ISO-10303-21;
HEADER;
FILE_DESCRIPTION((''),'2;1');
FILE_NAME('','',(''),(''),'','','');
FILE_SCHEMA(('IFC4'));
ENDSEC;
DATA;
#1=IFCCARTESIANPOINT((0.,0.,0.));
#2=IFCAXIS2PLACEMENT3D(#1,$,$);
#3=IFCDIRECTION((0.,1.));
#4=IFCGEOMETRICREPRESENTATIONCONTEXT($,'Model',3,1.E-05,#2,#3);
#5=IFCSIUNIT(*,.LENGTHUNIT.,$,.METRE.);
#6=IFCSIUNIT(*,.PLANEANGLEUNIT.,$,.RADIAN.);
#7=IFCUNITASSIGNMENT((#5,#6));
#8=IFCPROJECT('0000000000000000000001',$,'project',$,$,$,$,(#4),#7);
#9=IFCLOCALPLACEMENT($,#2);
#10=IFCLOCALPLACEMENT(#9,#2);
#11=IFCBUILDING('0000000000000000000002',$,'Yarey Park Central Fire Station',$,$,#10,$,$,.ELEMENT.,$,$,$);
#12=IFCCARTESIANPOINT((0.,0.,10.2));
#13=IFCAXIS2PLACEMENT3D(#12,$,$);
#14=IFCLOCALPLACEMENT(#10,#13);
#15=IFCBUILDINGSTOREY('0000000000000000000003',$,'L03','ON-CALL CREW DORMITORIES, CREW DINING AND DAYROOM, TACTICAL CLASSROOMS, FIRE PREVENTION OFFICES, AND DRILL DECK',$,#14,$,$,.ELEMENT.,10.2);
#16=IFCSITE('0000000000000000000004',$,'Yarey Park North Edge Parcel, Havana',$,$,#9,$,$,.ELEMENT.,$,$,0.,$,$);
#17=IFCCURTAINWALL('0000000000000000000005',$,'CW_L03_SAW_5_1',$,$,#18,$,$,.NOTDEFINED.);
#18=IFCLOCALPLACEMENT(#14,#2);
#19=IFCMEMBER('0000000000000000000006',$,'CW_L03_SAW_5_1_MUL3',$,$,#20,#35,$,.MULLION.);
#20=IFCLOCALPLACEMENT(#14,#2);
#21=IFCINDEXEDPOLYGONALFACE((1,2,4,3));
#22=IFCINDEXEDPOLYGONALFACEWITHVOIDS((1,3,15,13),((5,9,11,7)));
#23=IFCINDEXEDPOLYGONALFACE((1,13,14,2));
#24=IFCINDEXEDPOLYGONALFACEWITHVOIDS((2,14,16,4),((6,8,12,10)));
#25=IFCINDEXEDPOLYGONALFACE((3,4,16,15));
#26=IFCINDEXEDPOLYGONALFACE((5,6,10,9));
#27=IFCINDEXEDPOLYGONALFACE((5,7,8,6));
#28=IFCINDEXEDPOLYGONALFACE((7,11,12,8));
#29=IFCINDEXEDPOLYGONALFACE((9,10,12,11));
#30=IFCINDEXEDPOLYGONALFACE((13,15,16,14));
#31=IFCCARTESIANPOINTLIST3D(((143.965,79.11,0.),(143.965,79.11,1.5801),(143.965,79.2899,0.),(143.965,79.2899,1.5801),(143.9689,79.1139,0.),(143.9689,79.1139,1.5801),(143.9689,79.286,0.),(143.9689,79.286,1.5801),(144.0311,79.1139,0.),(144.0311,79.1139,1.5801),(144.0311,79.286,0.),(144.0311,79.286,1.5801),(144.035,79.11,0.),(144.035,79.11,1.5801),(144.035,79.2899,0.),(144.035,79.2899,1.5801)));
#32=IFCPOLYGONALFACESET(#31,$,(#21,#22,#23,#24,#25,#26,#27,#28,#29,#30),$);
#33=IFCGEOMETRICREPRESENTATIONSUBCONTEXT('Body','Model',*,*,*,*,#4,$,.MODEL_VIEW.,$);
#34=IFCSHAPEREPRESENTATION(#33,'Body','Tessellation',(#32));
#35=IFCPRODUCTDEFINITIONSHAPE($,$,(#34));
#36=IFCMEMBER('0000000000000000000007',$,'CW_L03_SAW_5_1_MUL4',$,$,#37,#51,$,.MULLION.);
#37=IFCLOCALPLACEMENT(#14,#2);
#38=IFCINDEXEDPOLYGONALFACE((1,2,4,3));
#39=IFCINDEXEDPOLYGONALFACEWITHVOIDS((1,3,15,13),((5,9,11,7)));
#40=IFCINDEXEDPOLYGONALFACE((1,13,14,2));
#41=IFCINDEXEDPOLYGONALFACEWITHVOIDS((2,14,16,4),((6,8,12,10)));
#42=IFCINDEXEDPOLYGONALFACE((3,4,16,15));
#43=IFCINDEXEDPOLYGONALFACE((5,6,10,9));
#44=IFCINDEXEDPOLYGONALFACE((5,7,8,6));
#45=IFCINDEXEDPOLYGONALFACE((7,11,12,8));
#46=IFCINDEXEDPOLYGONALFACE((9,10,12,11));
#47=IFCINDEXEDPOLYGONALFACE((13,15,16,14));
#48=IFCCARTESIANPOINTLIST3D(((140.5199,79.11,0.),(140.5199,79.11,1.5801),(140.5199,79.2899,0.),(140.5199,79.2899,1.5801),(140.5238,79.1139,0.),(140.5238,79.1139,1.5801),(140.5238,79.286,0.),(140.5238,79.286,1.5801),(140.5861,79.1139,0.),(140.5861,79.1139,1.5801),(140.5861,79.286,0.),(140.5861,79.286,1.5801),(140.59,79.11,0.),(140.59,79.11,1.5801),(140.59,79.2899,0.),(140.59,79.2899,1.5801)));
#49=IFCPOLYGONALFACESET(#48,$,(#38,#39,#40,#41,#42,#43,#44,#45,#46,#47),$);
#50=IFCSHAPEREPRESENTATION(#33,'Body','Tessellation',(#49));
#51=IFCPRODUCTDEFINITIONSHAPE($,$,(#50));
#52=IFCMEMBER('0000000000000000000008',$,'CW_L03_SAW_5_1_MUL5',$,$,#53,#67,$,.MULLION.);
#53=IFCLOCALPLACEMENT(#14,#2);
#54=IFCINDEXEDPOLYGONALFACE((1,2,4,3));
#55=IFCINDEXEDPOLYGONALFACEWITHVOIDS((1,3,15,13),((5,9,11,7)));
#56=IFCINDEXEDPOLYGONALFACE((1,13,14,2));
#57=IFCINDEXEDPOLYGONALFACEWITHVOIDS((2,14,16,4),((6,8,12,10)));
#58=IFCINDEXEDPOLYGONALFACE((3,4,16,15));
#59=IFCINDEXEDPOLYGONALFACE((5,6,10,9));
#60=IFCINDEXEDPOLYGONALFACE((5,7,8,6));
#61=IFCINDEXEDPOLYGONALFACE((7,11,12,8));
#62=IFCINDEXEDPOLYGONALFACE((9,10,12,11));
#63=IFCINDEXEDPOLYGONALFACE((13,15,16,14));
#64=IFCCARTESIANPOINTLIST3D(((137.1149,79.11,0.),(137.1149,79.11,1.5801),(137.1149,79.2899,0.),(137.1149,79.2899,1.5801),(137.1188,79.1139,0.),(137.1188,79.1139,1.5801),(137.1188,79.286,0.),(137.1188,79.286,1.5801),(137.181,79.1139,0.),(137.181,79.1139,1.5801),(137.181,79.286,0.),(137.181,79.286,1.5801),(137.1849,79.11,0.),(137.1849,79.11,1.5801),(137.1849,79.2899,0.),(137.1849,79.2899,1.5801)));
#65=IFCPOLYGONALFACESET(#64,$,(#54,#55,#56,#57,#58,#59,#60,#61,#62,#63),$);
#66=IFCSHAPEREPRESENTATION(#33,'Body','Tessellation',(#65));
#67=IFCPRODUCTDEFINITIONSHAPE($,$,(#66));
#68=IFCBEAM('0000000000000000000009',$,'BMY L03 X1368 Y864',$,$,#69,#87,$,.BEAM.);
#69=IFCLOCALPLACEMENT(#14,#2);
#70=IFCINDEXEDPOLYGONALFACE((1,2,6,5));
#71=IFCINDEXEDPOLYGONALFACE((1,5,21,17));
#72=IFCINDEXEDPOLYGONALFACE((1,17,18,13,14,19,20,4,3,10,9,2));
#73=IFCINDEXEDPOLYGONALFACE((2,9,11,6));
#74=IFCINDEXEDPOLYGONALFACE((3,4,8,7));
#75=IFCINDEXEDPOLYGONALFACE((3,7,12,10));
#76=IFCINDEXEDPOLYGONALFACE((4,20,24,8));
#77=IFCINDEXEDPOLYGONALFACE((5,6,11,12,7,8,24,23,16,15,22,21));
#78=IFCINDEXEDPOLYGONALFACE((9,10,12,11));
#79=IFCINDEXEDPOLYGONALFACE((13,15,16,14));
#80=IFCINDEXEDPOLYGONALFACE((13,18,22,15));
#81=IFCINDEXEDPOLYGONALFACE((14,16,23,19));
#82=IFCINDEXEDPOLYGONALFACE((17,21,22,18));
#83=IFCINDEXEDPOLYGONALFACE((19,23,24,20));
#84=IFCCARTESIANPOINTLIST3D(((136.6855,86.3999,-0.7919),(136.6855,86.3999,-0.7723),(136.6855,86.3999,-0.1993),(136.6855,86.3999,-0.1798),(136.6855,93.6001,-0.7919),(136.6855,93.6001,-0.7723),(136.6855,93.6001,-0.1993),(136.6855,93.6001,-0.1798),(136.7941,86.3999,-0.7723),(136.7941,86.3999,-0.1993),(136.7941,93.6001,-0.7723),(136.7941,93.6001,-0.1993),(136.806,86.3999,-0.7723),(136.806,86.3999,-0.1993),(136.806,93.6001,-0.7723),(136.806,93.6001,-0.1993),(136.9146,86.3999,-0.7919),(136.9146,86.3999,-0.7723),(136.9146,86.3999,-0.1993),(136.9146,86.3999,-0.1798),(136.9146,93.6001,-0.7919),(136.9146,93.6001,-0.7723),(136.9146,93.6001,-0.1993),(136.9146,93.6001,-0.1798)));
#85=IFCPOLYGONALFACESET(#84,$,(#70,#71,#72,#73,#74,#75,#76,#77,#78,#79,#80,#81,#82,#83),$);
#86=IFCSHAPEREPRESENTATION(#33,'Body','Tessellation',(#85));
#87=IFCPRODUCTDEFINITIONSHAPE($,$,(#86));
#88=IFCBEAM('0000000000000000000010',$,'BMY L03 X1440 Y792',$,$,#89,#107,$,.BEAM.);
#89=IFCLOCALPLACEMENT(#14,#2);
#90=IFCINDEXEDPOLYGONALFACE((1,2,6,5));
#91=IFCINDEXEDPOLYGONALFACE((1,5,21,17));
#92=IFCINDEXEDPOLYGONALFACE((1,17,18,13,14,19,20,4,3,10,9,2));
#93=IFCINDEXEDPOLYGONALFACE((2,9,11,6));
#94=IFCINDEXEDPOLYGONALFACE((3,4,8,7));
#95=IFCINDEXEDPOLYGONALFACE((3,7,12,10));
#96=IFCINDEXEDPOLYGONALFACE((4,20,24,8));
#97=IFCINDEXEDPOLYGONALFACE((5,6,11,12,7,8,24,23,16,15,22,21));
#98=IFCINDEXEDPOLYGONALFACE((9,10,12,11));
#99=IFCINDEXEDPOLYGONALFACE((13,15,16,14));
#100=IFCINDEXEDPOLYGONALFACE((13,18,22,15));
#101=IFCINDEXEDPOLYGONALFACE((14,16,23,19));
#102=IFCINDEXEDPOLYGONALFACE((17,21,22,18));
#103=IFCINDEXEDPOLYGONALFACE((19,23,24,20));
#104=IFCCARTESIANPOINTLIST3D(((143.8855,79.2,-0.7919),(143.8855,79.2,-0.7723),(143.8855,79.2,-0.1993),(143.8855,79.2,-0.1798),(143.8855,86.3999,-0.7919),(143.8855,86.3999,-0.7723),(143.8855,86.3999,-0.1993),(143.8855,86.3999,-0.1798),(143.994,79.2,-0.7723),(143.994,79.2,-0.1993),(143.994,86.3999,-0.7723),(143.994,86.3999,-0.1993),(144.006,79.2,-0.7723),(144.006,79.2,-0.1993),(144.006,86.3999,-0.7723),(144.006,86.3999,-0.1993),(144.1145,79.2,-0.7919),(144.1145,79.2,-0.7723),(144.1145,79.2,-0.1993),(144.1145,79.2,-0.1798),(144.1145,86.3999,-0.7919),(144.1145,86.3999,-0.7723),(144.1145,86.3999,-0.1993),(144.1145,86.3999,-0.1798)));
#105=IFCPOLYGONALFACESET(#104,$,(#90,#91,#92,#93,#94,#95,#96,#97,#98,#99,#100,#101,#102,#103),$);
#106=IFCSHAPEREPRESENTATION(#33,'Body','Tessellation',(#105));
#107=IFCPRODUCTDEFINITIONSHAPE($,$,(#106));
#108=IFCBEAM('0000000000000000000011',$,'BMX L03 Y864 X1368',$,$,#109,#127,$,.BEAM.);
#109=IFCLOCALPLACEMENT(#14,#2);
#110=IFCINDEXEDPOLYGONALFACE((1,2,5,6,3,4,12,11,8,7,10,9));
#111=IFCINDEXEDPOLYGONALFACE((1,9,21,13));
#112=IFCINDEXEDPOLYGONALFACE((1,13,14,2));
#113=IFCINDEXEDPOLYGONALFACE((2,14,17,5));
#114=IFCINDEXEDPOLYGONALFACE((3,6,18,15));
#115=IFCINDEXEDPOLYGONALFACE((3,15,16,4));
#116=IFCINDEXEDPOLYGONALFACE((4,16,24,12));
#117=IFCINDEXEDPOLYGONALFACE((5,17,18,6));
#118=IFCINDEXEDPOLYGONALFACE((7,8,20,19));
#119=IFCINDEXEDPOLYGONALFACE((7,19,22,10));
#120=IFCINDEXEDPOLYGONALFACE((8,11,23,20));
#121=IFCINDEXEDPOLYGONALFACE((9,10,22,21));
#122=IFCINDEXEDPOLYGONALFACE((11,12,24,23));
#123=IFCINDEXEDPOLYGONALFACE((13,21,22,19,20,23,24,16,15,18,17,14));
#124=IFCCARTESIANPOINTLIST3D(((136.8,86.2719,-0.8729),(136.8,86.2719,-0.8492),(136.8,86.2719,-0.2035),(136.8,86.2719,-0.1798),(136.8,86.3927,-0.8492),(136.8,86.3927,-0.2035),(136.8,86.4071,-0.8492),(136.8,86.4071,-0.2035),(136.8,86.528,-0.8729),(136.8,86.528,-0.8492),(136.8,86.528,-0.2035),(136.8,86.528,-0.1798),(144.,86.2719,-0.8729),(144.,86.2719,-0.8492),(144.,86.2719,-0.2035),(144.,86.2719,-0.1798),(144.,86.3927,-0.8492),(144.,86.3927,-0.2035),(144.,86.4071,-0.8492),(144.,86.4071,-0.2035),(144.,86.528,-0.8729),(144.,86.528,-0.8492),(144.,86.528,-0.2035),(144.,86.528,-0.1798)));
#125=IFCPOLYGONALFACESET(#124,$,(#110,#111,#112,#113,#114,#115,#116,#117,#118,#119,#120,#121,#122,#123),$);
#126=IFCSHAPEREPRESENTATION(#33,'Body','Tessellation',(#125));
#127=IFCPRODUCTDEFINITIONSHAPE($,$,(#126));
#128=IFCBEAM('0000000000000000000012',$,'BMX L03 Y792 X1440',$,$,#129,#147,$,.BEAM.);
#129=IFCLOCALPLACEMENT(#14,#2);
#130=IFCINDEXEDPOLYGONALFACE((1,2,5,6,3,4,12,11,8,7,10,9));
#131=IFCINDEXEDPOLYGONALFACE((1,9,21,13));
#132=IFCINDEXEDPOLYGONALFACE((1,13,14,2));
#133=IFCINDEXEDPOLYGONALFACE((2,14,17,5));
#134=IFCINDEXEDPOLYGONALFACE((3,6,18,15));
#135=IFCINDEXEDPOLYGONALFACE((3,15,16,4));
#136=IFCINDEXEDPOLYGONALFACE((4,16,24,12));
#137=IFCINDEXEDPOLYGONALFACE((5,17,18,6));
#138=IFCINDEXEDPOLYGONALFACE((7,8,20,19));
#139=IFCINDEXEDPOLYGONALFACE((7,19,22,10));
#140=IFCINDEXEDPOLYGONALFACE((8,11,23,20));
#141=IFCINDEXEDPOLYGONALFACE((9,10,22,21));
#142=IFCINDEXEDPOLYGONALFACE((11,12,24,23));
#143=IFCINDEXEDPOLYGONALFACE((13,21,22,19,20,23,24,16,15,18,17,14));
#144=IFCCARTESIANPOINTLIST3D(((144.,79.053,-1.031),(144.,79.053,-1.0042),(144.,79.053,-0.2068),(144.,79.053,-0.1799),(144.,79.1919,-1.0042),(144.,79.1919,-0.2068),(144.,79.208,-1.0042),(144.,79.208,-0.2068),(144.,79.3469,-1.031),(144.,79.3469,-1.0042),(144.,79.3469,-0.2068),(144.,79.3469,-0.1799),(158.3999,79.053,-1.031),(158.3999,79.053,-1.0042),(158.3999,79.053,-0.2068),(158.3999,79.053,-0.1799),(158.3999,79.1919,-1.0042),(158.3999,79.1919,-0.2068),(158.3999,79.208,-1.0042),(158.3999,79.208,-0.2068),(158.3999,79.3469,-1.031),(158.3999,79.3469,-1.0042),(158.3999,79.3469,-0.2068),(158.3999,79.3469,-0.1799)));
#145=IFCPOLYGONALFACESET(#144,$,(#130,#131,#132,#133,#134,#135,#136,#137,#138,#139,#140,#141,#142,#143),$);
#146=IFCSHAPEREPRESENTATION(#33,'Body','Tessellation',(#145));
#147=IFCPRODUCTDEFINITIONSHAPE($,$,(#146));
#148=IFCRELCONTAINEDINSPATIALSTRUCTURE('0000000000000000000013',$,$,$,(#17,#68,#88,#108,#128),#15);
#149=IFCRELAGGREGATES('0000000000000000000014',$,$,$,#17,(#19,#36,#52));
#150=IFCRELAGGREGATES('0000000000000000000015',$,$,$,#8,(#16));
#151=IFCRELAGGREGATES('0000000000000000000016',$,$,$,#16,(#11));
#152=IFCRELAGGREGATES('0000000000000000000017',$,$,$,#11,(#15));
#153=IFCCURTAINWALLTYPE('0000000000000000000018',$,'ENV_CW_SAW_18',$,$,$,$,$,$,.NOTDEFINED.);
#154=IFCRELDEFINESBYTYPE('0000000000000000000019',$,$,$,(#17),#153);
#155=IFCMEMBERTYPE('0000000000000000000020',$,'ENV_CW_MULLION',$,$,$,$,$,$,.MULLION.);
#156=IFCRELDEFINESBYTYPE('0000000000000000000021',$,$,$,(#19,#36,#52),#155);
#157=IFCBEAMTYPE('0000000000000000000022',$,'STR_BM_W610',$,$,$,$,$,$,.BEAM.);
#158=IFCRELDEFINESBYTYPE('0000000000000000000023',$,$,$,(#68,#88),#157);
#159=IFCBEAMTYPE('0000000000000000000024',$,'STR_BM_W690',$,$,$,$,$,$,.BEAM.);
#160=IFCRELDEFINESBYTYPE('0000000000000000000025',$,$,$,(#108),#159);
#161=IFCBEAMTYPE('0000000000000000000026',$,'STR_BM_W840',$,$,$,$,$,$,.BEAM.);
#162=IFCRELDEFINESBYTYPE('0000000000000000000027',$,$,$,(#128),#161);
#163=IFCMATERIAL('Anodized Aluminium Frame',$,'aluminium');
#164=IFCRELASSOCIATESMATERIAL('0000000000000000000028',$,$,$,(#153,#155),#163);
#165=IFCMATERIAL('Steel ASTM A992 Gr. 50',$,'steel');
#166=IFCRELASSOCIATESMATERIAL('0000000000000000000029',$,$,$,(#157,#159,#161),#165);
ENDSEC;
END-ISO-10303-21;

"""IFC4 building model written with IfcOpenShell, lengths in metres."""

from ifc_helpers import new_model, si_unit, direction, frame, origin, origin_2d, place, context, subcontext, project, spatial, hollow_rectangle, i_section, extrude, material, material_profile, profile_set, type_object, element, aggregate, save


model = new_model("IFC4")

# Units and contexts
model_context = context("Model", 3, precision=1e-05, world=origin(), true_north=direction((0.0, 1.0)))
body_context = subcontext(model_context, "Body", "Model", "MODEL_VIEW")
ifc_project = project(units=[si_unit("LENGTHUNIT", "METRE"), si_unit("PLANEANGLEUNIT", "RADIAN")], contexts=[model_context])

# Site, building, storey
site_placement = place(None, origin())
site = spatial("IfcSite", under=ifc_project, at=site_placement, Name="Yarey Park North Edge Parcel, Havana", CompositionType="ELEMENT", RefElevation=0.0)
building_placement = place(site_placement, origin())
building = spatial("IfcBuilding", under=site, at=building_placement, Name="Yarey Park Central Fire Station", CompositionType="ELEMENT")
storey_placement = place(building_placement, frame((0.0, 0.0, 10.2)))
storey = spatial("IfcBuildingStorey", under=building, at=storey_placement, Name="L03", Description="ON-CALL CREW DORMITORIES, CREW DINING AND DAYROOM, TACTICAL CLASSROOMS, FIRE PREVENTION OFFICES, AND DRILL DECK", CompositionType="ELEMENT", Elevation=10.2)

# Curtain wall, members
ifc_material_1 = material(Name="Anodized Aluminium Frame", Category="aluminium")
curtain_wall_type = type_object("IfcCurtainWallType", Name="ENV_CW_SAW_18", PredefinedType="NOTDEFINED", material=ifc_material_1)
curtain_wall_placement = place(storey_placement, origin())
curtain_wall = element("IfcCurtainWall", 1, at=curtain_wall_placement, inside=storey, type_object=curtain_wall_type, Name="CW_L03_SAW_5_1", PredefinedType="NOTDEFINED")
ifc_material_profile_1 = material_profile(ifc_material_1, hollow_rectangle(XDim=0.0701, YDim=0.1799, WallThickness=0.0039, at=origin_2d()), Name="ALU 180x70x4")
ifc_profile_set_1 = profile_set([ifc_material_profile_1], Name="Anodized Aluminium Frame")
member_type_1 = type_object("IfcMemberType", Name="ENV_CW_MULLION", PredefinedType="MULLION", material=ifc_profile_set_1)
member_1_placement = place(storey_placement, frame((144.0, 79.2, 0.0), z_axis=(0.0, 0.0, 1.0), x_axis=(1.0, 0.0, 0.0)))
member_1 = element("IfcMember", 2, at=member_1_placement, type_object=member_type_1, Name="CW_L03_SAW_5_1_MUL3", PredefinedType="MULLION", context=body_context, shape_type="SweptSolid", body=[
    extrude(hollow_rectangle(XDim=0.0701, YDim=0.1799, WallThickness=0.0039, at=origin_2d()), origin(), (0.0, 0.0, 1.0), 1.5801),
])
member_2_placement = place(storey_placement, frame((140.5549, 79.2, 0.0), z_axis=(0.0, 0.0, 1.0), x_axis=(1.0, 0.0, 0.0)))
member_2 = element("IfcMember", 3, at=member_2_placement, type_object=member_type_1, Name="CW_L03_SAW_5_1_MUL4", PredefinedType="MULLION", context=body_context, shape_type="SweptSolid", body=[
    extrude(hollow_rectangle(XDim=0.0701, YDim=0.1799, WallThickness=0.0039, at=origin_2d()), origin(), (0.0, 0.0, 1.0), 1.5801),
])
member_3_placement = place(storey_placement, frame((137.1499, 79.2, 0.0), z_axis=(0.0, 0.0, 1.0), x_axis=(1.0, 0.0, 0.0)))
member_3 = element("IfcMember", 4, at=member_3_placement, type_object=member_type_1, Name="CW_L03_SAW_5_1_MUL5", PredefinedType="MULLION", context=body_context, shape_type="SweptSolid", body=[
    extrude(hollow_rectangle(XDim=0.0701, YDim=0.1799, WallThickness=0.0039, at=origin_2d()), origin(), (0.0, 0.0, 1.0), 1.5801),
])

# Beams
ifc_material_2 = material(Name="Steel ASTM A992 Gr. 50", Category="steel")
ifc_material_profile_2 = material_profile(ifc_material_2, i_section(OverallWidth=0.229, OverallDepth=0.6121, WebThickness=0.012, FlangeThickness=0.0195, at=origin_2d()), Name="W610x125")
ifc_profile_set_2 = profile_set([ifc_material_profile_2], Name="Steel ASTM A992 Gr. 50")
beam_type_1 = type_object("IfcBeamType", Name="STR_BM_W610", PredefinedType="BEAM", material=ifc_profile_set_2)
beam_1_placement = place(storey_placement, frame((136.8, 86.3999, -0.4858), z_axis=(0.0, 1.0, 0.0), x_axis=(-1.0, 0.0, 0.0)))
element("IfcBeam", 5, at=beam_1_placement, inside=storey, type_object=beam_type_1, Name="BMY L03 X1368 Y864", PredefinedType="BEAM", context=body_context, shape_type="SweptSolid", body=[
    extrude(i_section(OverallWidth=0.229, OverallDepth=0.6121, WebThickness=0.012, FlangeThickness=0.0195, at=origin_2d()), origin(), (0.0, 0.0, 1.0), 7.2002),
])
beam_2_placement = place(storey_placement, frame((144.0, 79.2, -0.4858), z_axis=(0.0, 1.0, 0.0), x_axis=(-1.0, 0.0, 0.0)))
element("IfcBeam", 6, at=beam_2_placement, inside=storey, type_object=beam_type_1, Name="BMY L03 X1440 Y792", PredefinedType="BEAM", context=body_context, shape_type="SweptSolid", body=[
    extrude(i_section(OverallWidth=0.229, OverallDepth=0.6121, WebThickness=0.012, FlangeThickness=0.0195, at=origin_2d()), origin(), (0.0, 0.0, 1.0), 7.2),
])
ifc_material_profile_3 = material_profile(ifc_material_2, i_section(OverallWidth=0.2561, OverallDepth=0.6931, WebThickness=0.0144, FlangeThickness=0.0237, at=origin_2d()), Name="W690x170")
ifc_profile_set_3 = profile_set([ifc_material_profile_3], Name="Steel ASTM A992 Gr. 50")
beam_type_2 = type_object("IfcBeamType", Name="STR_BM_W690", PredefinedType="BEAM", material=ifc_profile_set_3)
beam_3_placement = place(storey_placement, frame((136.8, 86.3999, -0.5264), z_axis=(1.0, 0.0, 0.0), x_axis=(0.0, 1.0, 0.0)))
element("IfcBeam", 7, at=beam_3_placement, inside=storey, type_object=beam_type_2, Name="BMX L03 Y864 X1368", PredefinedType="BEAM", context=body_context, shape_type="SweptSolid", body=[
    extrude(i_section(OverallWidth=0.2561, OverallDepth=0.6931, WebThickness=0.0144, FlangeThickness=0.0237, at=origin_2d()), origin(), (0.0, 0.0, 1.0), 7.2),
])
ifc_material_profile_4 = material_profile(ifc_material_2, i_section(OverallWidth=0.2939, OverallDepth=0.8511, WebThickness=0.0161, FlangeThickness=0.0269, at=origin_2d()), Name="W840x226")
ifc_profile_set_4 = profile_set([ifc_material_profile_4], Name="Steel ASTM A992 Gr. 50")
beam_type_3 = type_object("IfcBeamType", Name="STR_BM_W840", PredefinedType="BEAM", material=ifc_profile_set_4)
beam_4_placement = place(storey_placement, frame((144.0, 79.2, -0.6055), z_axis=(1.0, 0.0, 0.0), x_axis=(0.0, 1.0, 0.0)))
element("IfcBeam", 8, at=beam_4_placement, inside=storey, type_object=beam_type_3, Name="BMX L03 Y792 X1440", PredefinedType="BEAM", context=body_context, shape_type="SweptSolid", body=[
    extrude(i_section(OverallWidth=0.2939, OverallDepth=0.8511, WebThickness=0.0161, FlangeThickness=0.0269, at=origin_2d()), origin(), (0.0, 0.0, 1.0), 14.3999),
])

aggregate(curtain_wall, [member_1, member_2, member_3])

save(model, "model.ifc")
